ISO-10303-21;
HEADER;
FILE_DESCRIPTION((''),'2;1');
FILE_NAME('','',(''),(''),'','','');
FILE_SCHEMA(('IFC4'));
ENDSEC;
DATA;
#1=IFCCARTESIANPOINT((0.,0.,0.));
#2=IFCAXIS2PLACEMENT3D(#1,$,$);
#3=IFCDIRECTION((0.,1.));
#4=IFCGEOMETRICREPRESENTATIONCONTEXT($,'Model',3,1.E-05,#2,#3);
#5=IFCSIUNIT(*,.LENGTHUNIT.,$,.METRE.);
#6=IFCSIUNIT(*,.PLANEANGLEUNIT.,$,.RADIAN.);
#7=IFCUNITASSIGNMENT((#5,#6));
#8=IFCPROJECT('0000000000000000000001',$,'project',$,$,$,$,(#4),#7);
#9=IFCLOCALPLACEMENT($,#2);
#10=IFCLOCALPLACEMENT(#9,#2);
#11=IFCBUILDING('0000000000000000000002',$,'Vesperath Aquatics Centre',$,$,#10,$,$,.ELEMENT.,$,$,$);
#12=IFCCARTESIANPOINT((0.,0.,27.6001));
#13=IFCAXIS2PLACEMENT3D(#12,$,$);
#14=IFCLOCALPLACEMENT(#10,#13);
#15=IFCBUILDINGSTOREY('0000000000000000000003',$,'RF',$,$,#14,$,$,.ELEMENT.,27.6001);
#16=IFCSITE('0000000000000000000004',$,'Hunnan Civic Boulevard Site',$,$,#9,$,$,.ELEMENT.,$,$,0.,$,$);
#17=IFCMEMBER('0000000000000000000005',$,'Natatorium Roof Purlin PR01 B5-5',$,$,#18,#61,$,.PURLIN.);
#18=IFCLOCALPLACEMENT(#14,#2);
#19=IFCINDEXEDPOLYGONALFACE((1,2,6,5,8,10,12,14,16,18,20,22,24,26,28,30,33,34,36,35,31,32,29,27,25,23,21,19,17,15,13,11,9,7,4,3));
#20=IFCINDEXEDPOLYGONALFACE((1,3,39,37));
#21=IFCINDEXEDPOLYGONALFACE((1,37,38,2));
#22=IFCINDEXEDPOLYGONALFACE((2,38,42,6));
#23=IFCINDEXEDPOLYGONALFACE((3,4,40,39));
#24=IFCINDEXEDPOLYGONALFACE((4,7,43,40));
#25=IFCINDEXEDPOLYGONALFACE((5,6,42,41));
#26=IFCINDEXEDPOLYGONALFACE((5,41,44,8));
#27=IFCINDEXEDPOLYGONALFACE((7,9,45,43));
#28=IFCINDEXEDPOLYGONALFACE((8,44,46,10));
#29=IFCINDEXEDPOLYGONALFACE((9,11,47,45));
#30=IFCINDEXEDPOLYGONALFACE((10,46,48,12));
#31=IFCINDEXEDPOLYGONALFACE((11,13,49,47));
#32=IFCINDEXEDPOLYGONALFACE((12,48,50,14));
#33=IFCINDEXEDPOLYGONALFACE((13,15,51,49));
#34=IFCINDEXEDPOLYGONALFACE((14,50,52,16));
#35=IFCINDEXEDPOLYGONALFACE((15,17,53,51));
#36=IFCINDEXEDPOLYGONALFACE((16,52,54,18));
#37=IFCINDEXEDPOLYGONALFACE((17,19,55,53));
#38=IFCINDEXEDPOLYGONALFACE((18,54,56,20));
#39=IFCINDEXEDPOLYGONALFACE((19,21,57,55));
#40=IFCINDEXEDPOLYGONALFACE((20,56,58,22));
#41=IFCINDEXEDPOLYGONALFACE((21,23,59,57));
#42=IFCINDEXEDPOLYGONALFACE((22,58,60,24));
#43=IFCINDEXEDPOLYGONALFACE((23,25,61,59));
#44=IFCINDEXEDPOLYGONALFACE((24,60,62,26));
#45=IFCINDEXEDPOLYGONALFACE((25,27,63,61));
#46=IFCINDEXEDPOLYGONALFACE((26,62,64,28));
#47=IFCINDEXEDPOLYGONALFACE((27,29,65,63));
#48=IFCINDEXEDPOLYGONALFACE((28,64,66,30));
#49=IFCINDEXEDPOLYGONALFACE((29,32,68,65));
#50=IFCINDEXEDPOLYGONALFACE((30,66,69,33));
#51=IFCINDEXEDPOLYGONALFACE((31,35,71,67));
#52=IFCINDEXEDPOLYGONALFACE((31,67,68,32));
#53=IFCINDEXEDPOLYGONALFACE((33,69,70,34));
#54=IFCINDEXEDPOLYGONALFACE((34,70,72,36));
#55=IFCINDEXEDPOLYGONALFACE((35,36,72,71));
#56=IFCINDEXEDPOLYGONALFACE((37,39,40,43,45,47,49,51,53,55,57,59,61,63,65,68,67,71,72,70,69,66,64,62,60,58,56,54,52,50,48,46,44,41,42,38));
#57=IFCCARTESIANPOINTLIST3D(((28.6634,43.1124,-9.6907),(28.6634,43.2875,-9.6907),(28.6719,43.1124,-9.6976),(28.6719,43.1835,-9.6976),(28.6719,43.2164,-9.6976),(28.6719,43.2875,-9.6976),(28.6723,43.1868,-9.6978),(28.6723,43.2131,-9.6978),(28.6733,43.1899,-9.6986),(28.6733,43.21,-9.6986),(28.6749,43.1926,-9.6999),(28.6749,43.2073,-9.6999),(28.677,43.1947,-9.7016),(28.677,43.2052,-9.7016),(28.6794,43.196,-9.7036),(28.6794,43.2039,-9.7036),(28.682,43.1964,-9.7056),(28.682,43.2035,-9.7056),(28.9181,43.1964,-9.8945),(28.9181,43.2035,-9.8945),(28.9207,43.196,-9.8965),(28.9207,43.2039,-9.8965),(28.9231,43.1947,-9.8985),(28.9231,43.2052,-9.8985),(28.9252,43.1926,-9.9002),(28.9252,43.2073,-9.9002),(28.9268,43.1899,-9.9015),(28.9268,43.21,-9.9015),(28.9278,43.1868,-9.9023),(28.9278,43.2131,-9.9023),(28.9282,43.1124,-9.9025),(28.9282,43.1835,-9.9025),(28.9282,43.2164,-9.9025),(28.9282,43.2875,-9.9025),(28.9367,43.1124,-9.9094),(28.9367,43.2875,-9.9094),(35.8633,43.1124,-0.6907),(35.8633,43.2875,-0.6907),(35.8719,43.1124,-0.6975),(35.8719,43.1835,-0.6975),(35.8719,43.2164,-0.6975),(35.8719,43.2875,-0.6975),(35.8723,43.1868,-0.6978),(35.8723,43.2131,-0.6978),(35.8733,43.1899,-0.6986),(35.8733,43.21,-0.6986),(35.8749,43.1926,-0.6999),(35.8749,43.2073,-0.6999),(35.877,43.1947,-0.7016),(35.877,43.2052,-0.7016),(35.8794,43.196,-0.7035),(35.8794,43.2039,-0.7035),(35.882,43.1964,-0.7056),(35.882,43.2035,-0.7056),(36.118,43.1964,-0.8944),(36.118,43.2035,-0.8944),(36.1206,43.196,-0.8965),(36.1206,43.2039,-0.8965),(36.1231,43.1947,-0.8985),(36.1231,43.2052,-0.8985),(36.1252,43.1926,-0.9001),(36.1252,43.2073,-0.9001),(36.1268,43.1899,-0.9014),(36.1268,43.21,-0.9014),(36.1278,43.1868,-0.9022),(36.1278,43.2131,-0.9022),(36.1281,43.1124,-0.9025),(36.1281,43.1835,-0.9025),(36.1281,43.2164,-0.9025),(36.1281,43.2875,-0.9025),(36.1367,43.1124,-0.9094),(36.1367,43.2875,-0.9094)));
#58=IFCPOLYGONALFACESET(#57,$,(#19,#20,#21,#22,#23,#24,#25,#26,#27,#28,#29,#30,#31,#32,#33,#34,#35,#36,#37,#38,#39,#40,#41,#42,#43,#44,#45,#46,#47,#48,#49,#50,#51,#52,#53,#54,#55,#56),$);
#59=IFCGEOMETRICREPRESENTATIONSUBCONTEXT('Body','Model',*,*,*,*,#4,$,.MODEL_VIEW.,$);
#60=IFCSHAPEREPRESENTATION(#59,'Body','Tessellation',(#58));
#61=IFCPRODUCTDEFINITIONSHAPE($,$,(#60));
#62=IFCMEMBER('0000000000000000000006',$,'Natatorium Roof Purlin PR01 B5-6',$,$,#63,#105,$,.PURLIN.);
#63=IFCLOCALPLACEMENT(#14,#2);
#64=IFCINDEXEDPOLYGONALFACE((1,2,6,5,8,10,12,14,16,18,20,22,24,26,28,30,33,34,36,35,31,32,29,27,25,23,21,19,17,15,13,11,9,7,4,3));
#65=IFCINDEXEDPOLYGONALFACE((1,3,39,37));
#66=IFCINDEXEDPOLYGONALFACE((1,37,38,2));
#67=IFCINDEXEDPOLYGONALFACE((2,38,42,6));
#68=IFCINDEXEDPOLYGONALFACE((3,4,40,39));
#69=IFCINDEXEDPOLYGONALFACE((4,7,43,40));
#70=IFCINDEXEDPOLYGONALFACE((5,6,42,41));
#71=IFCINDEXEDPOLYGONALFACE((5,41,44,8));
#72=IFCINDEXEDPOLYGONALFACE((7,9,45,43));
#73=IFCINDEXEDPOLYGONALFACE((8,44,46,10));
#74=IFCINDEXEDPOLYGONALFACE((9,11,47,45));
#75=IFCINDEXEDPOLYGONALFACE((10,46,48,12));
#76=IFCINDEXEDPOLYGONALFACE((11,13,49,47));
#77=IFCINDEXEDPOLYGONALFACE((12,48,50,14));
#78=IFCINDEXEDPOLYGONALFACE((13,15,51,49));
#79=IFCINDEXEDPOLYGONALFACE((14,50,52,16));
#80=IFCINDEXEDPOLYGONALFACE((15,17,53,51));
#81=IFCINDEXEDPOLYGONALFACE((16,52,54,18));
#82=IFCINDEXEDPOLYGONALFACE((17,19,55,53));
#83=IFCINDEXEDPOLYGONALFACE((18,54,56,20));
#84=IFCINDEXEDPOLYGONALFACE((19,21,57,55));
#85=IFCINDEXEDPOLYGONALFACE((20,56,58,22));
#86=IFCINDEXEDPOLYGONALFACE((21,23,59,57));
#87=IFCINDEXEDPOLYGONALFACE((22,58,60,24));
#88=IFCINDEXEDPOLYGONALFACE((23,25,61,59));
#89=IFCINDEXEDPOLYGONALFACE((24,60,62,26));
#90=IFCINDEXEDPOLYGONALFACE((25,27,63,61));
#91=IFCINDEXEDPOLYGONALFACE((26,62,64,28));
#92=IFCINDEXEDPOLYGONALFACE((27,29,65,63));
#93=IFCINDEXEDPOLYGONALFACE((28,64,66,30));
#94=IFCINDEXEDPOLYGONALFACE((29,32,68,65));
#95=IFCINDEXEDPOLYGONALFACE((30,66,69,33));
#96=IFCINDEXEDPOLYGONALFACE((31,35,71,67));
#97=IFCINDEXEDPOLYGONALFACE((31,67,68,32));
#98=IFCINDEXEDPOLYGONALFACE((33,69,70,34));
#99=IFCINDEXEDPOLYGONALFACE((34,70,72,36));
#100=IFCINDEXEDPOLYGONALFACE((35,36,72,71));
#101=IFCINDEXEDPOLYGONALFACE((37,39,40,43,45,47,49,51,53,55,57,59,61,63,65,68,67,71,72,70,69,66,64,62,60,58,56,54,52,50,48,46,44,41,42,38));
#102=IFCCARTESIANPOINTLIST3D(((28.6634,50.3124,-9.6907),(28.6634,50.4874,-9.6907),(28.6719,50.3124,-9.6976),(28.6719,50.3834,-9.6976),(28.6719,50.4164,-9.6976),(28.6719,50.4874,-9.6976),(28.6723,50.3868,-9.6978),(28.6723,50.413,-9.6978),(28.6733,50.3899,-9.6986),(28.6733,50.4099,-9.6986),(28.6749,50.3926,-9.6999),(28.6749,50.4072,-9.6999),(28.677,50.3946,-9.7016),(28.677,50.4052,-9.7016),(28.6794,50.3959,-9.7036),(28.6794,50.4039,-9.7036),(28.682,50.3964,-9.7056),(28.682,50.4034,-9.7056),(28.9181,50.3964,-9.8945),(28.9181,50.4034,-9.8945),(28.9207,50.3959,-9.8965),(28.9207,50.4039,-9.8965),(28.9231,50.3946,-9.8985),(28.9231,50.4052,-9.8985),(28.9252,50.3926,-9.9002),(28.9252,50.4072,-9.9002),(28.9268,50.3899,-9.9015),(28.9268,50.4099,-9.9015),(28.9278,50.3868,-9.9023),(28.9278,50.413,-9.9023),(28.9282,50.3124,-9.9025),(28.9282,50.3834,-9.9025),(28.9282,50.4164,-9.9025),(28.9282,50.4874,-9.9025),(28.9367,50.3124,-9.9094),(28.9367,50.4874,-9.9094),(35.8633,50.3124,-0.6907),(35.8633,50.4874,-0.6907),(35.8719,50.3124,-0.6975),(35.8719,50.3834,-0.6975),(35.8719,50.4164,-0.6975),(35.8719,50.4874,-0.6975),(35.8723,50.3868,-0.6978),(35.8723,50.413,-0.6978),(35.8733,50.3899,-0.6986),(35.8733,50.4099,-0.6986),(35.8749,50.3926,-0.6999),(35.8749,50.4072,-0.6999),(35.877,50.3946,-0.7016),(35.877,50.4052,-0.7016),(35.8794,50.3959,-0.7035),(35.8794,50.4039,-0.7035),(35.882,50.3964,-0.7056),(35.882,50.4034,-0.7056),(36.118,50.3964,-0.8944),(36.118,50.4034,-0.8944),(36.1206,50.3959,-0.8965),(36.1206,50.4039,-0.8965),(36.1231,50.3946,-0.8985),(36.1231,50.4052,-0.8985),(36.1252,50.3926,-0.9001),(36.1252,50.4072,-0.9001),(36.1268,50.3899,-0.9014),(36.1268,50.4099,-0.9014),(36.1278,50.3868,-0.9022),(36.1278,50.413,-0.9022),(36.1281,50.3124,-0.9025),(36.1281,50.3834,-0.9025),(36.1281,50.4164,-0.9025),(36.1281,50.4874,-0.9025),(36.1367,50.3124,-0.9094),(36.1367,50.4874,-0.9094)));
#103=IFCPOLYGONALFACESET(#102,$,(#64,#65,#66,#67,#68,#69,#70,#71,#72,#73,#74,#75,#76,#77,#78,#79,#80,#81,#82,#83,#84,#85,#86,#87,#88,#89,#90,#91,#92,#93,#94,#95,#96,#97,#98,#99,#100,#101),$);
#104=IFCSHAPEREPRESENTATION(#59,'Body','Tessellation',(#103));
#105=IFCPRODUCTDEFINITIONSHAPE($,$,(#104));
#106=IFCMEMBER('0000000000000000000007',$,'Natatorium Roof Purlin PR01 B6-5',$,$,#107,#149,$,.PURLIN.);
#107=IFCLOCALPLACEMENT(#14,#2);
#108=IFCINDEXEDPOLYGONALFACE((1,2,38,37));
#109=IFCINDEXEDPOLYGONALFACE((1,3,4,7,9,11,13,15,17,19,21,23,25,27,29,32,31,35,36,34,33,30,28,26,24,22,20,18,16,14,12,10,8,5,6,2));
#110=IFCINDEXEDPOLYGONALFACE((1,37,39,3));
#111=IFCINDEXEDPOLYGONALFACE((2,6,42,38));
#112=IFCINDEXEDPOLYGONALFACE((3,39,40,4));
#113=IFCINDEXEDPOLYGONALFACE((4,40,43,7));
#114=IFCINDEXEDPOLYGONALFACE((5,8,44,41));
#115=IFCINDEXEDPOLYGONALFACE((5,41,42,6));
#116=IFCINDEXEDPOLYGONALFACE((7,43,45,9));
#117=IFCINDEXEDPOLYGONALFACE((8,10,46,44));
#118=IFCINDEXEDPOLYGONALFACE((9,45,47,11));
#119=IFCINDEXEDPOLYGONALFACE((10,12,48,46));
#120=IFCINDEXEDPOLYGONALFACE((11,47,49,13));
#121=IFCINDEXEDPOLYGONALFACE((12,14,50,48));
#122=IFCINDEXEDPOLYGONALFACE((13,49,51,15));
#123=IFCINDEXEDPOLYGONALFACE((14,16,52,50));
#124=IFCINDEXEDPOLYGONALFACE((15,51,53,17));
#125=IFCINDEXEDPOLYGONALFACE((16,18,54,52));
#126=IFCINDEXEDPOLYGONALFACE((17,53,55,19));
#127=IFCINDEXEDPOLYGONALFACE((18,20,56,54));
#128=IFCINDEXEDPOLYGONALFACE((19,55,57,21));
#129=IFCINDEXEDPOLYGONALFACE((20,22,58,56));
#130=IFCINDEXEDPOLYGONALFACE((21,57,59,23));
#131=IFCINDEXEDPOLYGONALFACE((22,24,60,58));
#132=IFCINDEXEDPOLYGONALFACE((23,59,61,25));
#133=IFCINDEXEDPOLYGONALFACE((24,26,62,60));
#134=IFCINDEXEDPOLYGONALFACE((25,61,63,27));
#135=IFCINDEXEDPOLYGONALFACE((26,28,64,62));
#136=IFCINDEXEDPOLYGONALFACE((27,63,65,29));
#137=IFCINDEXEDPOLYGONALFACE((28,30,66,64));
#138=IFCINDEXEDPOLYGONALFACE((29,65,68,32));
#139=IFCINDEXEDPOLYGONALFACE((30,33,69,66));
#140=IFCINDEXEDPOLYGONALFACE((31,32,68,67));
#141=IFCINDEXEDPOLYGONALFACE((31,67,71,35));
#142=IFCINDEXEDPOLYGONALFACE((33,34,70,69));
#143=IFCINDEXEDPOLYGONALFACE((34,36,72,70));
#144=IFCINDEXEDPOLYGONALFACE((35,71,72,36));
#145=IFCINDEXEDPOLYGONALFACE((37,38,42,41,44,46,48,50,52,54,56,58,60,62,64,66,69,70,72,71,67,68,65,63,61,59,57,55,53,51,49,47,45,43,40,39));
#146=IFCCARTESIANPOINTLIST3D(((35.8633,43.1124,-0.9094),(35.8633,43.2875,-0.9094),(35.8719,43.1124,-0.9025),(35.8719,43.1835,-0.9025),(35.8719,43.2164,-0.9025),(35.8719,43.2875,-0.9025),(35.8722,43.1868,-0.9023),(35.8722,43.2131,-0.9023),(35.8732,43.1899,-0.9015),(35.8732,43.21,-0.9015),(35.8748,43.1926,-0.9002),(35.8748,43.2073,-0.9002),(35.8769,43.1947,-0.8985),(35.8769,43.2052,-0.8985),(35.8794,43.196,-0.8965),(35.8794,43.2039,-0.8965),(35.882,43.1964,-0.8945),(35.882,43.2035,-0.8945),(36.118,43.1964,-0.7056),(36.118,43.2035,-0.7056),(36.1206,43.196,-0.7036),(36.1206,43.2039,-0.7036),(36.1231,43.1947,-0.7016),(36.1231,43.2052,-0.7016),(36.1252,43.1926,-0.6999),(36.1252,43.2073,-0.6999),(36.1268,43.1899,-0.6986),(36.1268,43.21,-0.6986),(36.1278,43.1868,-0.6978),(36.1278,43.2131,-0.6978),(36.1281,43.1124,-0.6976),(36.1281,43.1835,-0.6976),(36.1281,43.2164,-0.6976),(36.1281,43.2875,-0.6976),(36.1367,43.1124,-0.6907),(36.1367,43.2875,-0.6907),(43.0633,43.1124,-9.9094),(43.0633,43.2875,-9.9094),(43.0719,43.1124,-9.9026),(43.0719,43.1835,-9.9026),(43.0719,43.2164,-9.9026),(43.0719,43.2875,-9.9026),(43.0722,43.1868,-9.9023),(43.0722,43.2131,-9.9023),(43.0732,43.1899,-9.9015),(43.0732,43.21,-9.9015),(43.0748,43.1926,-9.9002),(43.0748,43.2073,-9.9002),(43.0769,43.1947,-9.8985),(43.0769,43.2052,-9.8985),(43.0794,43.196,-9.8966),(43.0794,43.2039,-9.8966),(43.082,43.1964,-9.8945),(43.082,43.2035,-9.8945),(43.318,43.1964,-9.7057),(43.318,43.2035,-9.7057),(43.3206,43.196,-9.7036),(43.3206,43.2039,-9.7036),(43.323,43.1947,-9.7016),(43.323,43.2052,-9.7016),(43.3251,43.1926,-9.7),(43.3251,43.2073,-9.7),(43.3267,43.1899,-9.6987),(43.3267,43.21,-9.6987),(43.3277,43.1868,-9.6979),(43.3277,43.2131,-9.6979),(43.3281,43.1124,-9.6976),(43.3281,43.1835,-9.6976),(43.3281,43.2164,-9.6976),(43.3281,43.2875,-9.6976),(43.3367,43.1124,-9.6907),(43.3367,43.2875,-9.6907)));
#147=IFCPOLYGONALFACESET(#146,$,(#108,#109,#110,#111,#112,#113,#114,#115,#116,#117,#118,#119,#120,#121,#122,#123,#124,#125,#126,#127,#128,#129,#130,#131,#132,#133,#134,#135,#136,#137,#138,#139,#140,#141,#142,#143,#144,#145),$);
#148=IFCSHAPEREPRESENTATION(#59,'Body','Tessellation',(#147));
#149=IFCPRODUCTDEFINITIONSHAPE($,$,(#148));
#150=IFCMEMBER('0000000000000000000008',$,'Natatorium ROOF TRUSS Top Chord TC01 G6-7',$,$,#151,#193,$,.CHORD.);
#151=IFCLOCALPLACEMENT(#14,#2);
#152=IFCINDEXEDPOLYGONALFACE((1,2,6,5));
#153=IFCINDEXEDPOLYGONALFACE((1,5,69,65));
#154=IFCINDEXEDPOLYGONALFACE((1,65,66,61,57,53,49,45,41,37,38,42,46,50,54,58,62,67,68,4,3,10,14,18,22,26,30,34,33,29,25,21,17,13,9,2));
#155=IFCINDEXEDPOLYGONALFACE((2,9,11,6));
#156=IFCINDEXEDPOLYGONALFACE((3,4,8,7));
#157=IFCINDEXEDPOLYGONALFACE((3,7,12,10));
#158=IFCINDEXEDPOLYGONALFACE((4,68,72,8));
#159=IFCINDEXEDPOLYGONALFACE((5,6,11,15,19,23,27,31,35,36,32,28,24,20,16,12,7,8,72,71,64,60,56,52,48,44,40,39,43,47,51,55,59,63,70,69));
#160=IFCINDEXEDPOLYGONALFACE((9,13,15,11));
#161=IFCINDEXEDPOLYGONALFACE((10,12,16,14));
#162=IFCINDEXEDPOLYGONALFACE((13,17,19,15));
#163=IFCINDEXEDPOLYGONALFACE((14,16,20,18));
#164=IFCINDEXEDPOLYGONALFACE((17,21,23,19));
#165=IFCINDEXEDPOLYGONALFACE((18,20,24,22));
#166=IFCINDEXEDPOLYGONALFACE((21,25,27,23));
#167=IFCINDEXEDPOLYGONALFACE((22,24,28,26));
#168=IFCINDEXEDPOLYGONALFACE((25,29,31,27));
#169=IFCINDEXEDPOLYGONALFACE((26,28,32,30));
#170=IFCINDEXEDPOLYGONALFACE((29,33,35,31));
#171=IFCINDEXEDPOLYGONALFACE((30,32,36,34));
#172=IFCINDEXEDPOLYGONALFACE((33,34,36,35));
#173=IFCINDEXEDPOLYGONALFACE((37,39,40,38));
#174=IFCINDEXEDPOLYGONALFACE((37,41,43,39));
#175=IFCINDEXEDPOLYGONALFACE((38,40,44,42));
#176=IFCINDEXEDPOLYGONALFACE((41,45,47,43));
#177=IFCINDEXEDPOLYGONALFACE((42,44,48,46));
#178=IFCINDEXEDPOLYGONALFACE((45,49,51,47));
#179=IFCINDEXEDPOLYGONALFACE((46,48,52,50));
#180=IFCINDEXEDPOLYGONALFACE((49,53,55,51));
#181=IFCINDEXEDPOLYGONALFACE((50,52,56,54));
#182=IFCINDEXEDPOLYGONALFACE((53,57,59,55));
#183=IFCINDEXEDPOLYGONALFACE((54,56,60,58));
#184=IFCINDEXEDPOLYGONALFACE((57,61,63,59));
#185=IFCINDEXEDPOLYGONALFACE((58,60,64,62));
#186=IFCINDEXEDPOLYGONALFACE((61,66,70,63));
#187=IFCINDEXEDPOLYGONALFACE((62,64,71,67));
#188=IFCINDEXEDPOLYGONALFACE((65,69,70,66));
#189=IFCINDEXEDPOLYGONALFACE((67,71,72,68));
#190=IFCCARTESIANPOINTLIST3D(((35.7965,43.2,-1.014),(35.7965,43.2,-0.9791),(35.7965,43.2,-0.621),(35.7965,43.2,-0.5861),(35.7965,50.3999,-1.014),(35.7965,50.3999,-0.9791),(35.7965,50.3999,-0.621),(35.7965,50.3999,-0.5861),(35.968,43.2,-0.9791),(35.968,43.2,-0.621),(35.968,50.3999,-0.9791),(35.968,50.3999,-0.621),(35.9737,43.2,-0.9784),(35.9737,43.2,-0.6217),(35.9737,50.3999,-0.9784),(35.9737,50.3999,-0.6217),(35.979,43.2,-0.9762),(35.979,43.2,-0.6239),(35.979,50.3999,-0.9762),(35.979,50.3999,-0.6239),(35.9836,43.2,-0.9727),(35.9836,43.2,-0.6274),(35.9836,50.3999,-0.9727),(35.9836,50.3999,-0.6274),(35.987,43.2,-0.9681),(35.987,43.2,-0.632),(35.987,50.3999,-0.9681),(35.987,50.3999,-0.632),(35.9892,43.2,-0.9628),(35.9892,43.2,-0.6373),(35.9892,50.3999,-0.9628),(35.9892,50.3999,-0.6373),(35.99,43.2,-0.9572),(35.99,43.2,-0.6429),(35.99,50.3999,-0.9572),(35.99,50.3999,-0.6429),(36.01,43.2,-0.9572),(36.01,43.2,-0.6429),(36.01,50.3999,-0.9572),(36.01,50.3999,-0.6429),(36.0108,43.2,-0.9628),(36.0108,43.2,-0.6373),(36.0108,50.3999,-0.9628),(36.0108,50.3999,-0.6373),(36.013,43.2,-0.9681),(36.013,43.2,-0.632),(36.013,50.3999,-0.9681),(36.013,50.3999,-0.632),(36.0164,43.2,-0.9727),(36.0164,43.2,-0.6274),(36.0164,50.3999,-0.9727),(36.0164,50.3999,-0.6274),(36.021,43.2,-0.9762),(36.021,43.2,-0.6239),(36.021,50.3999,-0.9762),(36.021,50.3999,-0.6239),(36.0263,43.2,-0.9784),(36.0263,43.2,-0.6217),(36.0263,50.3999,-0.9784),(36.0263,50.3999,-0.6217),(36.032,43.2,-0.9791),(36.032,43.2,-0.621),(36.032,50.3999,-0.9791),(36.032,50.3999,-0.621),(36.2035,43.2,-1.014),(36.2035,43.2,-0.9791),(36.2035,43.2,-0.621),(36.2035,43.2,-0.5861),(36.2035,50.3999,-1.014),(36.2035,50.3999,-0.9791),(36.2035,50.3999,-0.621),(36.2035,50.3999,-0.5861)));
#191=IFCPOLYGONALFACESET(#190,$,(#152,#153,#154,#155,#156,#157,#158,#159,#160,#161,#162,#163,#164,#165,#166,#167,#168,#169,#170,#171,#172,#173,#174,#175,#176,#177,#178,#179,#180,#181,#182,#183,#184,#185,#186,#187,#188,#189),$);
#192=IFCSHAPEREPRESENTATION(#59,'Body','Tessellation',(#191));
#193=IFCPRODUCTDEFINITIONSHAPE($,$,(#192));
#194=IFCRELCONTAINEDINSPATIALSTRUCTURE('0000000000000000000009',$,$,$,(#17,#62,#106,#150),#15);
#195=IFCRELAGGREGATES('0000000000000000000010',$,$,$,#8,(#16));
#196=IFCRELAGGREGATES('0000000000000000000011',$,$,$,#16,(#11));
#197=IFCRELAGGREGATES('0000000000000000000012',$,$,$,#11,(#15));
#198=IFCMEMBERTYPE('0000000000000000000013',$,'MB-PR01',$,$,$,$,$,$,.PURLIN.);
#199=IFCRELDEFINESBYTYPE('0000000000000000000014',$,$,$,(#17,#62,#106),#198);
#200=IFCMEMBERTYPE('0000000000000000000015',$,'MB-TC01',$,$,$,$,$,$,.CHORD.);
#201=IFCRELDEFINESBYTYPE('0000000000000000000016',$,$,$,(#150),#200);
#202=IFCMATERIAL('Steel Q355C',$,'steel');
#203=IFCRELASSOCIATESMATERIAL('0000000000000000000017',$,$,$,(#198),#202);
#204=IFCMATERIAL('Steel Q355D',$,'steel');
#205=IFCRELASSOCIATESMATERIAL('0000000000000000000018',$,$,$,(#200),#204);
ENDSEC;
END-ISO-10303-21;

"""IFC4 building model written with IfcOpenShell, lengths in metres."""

from ifc_helpers import new_model, si_unit, direction, frame, origin, origin_2d, place, context, subcontext, project, spatial, i_section, extrude, material, material_profile, profile_set, type_object, element, save


model = new_model("IFC4")

# Units and contexts
model_context = context("Model", 3, precision=1e-05, world=origin(), true_north=direction((0.0, 1.0)))
body_context = subcontext(model_context, "Body", "Model", "MODEL_VIEW")
ifc_project = project(units=[si_unit("LENGTHUNIT", "METRE"), si_unit("PLANEANGLEUNIT", "RADIAN")], contexts=[model_context])

# Site, building, storey
site_placement = place(None, origin())
site = spatial("IfcSite", under=ifc_project, at=site_placement, Name="Hunnan Civic Boulevard Site", CompositionType="ELEMENT", RefElevation=0.0)
building_placement = place(site_placement, origin())
building = spatial("IfcBuilding", under=site, at=building_placement, Name="Vesperath Aquatics Centre", CompositionType="ELEMENT")
storey_placement = place(building_placement, frame((0.0, 0.0, 27.6001)))
storey = spatial("IfcBuildingStorey", under=building, at=storey_placement, Name="RF", CompositionType="ELEMENT", Elevation=27.6001)

# Shared definitions
ifc_material_1 = material(Name="Steel Q355C", Category="steel")

# Members
ifc_material_2 = material(Name="Steel Q355D", Category="steel")
ifc_material_profile_1 = material_profile(ifc_material_1, i_section(OverallWidth=0.175, OverallDepth=0.3501, WebThickness=0.0071, FlangeThickness=0.011, FilletRadius=0.0129, at=origin_2d()), Name="HN 350x175x7x11")
ifc_profile_set_1 = profile_set([ifc_material_profile_1], Name="Steel Q355C")
member_type_1 = type_object("IfcMemberType", Name="MB-PR01", PredefinedType="PURLIN", material=ifc_profile_set_1)
for number, where, z_axis, x_axis, name in (
    (1, (28.8, 43.2, -9.8), (0.624692, 0.0, 0.780871), (0.0, 1.0, 0.0), "Natatorium Roof Purlin PR01 B5-5"),
    (2, (28.8, 50.3999, -9.8), (0.624692, 0.0, 0.780871), (0.0, 1.0, 0.0), "Natatorium Roof Purlin PR01 B5-6"),
    (3, (36.0, 43.2, -0.8), (0.624692, 0.0, -0.780871), (0.0, 1.0, 0.0), "Natatorium Roof Purlin PR01 B6-5"),
):
    element("IfcMember", number, at=place(storey_placement, frame(where, z_axis=z_axis, x_axis=x_axis)), inside=storey, type_object=member_type_1, Name=name, PredefinedType="PURLIN", context=body_context, shape_type="SweptSolid", body=[
        extrude(i_section(OverallWidth=0.175, OverallDepth=0.3501, WebThickness=0.0071, FlangeThickness=0.011, FilletRadius=0.0129, at=origin_2d()), origin(), (0.0, 0.0, 1.0), 11.5256),
    ])
ifc_material_profile_2 = material_profile(ifc_material_2, i_section(OverallWidth=0.407, OverallDepth=0.428, WebThickness=0.02, FlangeThickness=0.0349, FilletRadius=0.022, at=origin_2d()), Name="HW 428x407x20x35")
ifc_profile_set_2 = profile_set([ifc_material_profile_2], Name="Steel Q355D")
member_type_2 = type_object("IfcMemberType", Name="MB-TC01", PredefinedType="CHORD", material=ifc_profile_set_2)
member_1_placement = place(storey_placement, frame((36.0, 43.2, -0.8), z_axis=(0.0, 1.0, 0.0), x_axis=(-1.0, 0.0, 0.0)))
element("IfcMember", 4, at=member_1_placement, inside=storey, type_object=member_type_2, Name="Natatorium ROOF TRUSS Top Chord TC01 G6-7", PredefinedType="CHORD", context=body_context, shape_type="SweptSolid", body=[
    extrude(i_section(OverallWidth=0.407, OverallDepth=0.428, WebThickness=0.02, FlangeThickness=0.0349, FilletRadius=0.022, at=origin_2d()), origin(), (0.0, 0.0, 1.0), 7.2),
])

save(model, "model.ifc")
